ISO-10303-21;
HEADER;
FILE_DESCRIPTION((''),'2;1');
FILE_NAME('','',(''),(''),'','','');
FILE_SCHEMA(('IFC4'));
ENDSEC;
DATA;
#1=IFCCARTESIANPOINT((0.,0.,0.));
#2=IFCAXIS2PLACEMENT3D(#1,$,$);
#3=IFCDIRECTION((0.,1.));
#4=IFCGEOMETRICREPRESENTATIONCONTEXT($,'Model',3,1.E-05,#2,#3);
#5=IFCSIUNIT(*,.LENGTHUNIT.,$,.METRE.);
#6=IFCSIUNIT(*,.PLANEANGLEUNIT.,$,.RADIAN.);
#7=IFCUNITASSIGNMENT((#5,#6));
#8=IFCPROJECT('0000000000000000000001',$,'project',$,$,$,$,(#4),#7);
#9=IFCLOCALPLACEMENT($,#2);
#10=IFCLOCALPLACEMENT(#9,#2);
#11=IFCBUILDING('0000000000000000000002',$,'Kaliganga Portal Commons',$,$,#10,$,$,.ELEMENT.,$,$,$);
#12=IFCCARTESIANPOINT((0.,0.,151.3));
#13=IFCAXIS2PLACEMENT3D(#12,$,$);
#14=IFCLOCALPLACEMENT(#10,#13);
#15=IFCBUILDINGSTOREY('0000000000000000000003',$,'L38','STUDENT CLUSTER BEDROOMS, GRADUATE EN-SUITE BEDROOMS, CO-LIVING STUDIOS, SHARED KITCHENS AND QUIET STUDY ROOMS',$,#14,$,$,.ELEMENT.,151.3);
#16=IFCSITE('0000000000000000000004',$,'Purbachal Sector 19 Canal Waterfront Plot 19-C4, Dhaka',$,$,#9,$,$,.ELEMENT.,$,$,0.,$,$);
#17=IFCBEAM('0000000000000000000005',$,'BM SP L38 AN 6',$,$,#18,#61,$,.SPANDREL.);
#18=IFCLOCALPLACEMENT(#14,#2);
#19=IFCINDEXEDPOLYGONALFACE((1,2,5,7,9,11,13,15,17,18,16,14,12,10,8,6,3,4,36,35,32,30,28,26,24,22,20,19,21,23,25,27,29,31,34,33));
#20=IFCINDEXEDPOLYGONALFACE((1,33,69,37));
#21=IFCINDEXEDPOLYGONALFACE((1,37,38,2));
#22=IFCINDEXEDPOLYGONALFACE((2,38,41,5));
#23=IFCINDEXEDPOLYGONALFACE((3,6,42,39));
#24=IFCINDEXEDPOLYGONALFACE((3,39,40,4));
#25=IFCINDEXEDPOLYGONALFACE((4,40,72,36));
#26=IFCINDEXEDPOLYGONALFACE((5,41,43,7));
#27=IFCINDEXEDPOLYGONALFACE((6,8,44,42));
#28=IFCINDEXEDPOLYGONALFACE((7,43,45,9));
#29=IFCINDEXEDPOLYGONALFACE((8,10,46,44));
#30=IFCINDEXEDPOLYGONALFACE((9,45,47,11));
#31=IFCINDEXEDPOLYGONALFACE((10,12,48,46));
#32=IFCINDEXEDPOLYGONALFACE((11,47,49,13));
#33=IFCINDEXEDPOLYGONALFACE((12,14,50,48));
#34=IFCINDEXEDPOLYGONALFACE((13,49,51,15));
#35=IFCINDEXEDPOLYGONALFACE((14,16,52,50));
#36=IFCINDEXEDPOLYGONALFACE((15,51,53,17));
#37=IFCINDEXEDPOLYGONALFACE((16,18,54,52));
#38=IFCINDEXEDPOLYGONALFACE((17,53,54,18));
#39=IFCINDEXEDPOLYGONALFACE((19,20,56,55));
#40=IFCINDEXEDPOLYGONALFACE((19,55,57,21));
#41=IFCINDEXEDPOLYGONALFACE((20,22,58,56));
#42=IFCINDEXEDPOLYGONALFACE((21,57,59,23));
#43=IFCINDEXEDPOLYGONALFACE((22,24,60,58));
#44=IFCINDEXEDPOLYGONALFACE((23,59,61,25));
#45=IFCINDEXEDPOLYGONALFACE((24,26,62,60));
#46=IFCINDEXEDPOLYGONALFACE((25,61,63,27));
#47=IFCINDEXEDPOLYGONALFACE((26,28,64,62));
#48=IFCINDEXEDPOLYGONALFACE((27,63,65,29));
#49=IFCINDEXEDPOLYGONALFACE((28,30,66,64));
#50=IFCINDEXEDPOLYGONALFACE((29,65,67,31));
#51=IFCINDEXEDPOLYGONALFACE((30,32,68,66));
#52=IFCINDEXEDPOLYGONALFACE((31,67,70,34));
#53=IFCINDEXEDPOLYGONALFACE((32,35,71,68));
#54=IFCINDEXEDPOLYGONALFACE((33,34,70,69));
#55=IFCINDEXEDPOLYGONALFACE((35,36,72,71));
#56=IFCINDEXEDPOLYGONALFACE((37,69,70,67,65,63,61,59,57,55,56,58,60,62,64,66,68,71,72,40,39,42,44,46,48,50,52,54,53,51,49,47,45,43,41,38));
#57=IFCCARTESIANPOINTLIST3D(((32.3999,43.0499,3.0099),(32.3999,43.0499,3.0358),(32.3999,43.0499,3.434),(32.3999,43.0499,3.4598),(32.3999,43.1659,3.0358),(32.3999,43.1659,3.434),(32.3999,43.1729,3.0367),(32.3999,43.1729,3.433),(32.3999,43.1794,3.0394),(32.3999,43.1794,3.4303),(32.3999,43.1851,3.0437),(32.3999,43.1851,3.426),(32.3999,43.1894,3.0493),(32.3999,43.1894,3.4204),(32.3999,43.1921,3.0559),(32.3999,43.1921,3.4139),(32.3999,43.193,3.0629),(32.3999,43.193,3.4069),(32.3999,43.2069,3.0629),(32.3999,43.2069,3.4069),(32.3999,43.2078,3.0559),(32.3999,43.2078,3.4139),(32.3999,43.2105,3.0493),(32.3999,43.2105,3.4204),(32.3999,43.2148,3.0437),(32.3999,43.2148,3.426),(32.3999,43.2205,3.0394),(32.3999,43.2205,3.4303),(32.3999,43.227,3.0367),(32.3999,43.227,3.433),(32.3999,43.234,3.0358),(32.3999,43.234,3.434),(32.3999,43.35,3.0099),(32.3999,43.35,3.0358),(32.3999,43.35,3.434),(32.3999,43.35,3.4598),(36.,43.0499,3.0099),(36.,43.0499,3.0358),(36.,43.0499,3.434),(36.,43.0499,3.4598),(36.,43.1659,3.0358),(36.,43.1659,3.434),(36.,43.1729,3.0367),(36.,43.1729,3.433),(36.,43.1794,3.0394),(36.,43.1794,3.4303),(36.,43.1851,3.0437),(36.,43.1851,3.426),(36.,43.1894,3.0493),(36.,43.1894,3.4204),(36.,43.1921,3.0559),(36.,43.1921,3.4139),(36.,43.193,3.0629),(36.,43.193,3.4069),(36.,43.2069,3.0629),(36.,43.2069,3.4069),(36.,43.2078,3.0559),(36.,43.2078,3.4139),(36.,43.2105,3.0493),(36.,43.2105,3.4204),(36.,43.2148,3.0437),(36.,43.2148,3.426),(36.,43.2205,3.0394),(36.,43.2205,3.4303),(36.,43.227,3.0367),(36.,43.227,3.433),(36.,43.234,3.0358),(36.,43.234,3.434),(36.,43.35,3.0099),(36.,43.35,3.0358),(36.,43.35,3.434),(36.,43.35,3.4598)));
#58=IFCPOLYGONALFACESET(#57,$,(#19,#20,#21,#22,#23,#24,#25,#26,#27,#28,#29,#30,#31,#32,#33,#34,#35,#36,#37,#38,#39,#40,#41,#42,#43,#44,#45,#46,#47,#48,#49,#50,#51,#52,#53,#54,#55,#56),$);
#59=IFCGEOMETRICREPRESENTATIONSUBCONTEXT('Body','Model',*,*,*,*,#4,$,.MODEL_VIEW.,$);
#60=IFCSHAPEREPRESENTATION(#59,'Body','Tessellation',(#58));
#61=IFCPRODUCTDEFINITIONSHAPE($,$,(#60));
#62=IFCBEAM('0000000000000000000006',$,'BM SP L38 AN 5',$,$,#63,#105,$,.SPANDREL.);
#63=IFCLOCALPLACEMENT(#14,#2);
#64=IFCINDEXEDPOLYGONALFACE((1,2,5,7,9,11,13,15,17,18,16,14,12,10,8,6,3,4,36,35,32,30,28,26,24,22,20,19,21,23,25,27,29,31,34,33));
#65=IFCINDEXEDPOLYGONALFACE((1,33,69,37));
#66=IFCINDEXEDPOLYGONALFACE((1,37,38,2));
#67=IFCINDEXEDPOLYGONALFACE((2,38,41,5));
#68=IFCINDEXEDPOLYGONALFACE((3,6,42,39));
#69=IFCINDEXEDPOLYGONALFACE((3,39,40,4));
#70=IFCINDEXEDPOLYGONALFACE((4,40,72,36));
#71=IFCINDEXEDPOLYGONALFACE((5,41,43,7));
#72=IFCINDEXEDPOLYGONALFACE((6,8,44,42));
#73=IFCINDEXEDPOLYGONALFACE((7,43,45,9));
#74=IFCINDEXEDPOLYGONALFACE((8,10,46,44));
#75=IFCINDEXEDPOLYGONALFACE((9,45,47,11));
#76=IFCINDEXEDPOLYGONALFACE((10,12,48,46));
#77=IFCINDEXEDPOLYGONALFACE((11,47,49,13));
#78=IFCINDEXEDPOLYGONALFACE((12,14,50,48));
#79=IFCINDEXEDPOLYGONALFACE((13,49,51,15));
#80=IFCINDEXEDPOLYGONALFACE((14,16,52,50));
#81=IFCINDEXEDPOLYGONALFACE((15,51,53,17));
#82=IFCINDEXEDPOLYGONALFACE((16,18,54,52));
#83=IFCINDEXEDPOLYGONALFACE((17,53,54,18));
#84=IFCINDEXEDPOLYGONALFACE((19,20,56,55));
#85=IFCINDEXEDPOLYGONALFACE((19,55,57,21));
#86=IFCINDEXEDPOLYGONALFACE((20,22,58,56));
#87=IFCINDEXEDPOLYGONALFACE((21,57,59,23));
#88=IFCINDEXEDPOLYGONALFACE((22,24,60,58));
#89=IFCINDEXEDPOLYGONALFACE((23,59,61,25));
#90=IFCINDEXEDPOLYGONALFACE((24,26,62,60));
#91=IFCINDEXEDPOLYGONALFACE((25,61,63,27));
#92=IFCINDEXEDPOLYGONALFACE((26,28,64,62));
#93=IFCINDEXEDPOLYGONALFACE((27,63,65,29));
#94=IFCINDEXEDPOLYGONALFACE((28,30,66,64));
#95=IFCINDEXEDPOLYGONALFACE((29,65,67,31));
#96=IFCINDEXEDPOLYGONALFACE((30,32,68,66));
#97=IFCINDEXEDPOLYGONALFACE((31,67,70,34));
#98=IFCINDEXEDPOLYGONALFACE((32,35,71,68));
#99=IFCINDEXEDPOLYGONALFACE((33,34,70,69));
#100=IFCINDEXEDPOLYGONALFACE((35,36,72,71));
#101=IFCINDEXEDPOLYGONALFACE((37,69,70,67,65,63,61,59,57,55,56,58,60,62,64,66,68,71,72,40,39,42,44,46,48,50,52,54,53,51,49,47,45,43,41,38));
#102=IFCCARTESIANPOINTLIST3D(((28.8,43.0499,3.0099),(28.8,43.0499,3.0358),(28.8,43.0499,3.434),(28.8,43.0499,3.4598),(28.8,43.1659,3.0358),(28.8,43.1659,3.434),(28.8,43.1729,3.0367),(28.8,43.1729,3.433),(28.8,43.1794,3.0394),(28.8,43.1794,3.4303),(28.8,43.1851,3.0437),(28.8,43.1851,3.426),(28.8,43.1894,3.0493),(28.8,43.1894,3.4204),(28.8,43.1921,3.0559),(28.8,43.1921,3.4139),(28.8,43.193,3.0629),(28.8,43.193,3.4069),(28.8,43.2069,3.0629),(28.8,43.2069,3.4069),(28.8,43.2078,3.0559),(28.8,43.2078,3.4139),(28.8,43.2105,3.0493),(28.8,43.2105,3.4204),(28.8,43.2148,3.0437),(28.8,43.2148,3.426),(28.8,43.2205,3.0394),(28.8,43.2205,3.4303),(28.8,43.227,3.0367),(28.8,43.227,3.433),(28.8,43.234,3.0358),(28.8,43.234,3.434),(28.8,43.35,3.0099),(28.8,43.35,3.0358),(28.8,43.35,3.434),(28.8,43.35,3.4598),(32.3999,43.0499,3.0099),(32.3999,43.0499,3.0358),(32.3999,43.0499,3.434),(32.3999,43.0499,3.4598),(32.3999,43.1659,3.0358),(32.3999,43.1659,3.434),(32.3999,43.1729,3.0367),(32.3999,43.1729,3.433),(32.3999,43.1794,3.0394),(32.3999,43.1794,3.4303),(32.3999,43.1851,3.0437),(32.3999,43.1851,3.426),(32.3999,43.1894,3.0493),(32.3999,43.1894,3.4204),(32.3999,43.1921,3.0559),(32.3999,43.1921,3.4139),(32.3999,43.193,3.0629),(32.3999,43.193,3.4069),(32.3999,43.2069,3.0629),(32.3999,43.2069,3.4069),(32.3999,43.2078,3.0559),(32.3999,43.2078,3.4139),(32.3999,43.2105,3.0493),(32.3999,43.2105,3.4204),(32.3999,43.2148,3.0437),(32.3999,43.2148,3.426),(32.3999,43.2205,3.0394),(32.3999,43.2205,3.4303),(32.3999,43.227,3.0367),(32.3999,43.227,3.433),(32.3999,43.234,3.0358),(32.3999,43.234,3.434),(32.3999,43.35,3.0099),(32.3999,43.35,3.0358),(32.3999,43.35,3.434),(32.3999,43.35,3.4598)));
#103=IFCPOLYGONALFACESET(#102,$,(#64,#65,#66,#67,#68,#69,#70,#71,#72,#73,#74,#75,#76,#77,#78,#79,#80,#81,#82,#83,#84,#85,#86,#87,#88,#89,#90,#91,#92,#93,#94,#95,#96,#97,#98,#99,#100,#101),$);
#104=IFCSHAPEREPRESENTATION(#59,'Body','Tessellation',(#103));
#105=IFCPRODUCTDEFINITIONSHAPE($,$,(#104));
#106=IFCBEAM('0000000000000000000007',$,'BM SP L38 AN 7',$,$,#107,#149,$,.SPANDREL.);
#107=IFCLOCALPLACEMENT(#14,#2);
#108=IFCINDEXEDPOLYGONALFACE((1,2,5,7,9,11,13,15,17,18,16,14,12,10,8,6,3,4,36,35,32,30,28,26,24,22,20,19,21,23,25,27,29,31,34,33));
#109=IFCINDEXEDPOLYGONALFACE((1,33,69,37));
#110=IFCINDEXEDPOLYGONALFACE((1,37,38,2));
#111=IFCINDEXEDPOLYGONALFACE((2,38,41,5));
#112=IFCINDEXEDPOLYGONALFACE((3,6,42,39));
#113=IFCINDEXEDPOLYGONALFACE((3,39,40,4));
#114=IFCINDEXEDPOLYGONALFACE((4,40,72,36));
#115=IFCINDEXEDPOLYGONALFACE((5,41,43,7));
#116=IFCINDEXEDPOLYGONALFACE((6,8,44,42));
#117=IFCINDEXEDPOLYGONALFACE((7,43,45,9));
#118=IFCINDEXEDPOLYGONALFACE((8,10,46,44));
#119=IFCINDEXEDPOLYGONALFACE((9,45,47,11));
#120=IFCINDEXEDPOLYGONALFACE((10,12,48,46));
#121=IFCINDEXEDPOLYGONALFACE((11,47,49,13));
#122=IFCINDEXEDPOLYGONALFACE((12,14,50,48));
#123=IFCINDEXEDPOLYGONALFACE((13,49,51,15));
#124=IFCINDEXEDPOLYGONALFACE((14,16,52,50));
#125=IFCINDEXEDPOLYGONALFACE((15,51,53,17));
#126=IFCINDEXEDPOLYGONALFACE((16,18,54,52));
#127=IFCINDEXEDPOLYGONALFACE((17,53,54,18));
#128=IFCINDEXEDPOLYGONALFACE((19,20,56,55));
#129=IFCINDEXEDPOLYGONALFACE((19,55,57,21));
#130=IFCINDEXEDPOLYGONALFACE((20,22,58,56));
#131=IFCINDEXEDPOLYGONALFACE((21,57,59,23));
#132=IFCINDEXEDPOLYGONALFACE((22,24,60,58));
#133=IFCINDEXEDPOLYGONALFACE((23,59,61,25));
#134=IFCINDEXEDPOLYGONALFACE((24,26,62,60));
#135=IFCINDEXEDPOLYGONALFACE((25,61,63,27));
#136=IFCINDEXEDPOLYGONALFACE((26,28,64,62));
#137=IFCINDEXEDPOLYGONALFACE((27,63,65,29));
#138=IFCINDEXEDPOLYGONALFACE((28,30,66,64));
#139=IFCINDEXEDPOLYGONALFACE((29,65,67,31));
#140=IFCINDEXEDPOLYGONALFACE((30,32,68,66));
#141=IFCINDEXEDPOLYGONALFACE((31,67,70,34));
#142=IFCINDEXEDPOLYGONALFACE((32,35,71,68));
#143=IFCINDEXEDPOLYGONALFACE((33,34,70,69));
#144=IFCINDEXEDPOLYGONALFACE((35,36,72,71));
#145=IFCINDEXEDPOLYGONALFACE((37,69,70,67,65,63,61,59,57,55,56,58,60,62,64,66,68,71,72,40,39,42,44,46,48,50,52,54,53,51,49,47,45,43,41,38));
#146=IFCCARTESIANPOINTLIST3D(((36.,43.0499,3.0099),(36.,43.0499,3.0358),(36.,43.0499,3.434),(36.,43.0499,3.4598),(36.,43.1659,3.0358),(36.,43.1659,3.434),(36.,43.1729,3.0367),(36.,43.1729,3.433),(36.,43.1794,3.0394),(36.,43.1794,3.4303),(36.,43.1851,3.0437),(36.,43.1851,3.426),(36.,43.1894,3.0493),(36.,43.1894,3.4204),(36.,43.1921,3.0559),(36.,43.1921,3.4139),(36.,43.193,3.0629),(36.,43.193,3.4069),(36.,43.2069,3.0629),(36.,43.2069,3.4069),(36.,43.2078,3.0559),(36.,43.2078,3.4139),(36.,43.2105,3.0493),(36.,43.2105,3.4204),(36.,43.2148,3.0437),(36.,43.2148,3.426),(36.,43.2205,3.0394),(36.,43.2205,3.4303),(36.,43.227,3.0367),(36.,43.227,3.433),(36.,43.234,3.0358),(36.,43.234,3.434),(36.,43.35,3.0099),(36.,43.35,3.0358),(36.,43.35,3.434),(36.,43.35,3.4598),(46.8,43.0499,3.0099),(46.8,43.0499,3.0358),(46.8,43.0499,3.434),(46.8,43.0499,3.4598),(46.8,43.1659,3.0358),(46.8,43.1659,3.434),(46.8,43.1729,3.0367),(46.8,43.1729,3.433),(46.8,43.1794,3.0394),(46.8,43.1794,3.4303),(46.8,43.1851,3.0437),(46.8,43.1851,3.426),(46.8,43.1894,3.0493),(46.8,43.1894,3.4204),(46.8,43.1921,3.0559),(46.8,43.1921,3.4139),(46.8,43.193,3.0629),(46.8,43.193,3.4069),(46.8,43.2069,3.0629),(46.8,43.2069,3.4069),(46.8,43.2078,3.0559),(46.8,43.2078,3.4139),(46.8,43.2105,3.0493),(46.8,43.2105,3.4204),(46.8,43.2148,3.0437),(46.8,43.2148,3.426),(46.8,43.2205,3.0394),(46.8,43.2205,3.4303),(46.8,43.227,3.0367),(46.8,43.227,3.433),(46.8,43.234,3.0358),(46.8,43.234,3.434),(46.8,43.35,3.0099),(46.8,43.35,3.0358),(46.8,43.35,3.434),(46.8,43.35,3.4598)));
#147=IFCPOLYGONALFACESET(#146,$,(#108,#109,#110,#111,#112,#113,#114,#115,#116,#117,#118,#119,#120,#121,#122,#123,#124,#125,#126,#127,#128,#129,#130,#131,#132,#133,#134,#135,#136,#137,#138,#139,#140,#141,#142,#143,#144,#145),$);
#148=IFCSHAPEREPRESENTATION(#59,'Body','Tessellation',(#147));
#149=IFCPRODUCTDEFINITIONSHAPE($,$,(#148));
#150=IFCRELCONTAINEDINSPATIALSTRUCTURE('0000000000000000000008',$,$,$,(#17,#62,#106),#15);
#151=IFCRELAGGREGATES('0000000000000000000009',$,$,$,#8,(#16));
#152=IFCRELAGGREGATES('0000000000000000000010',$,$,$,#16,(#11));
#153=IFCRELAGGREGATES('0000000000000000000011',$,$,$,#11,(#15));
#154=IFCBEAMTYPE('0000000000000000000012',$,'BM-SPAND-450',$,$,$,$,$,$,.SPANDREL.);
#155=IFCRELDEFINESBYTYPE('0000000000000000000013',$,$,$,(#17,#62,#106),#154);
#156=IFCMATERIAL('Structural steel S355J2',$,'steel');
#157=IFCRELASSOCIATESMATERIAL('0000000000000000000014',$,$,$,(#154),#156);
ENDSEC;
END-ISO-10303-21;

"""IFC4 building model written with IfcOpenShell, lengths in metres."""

from ifc_helpers import new_model, si_unit, direction, frame, origin, origin_2d, place, context, subcontext, project, spatial, i_section, extrude, source, transform, mapped, material, material_profile, profile_set, type_object, element, save


model = new_model("IFC4")

# Units and contexts
model_context = context("Model", 3, precision=1e-05, world=origin(), true_north=direction((0.0, 1.0)))
body_context = subcontext(model_context, "Body", "Model", "MODEL_VIEW")
ifc_project = project(units=[si_unit("LENGTHUNIT", "METRE"), si_unit("PLANEANGLEUNIT", "RADIAN")], contexts=[model_context])

# Site, building, storey
site_placement = place(None, origin())
site = spatial("IfcSite", under=ifc_project, at=site_placement, Name="Purbachal Sector 19 Canal Waterfront Plot 19-C4, Dhaka", CompositionType="ELEMENT", RefElevation=0.0)
building_placement = place(site_placement, origin())
building = spatial("IfcBuilding", under=site, at=building_placement, Name="Kaliganga Portal Commons", CompositionType="ELEMENT")
storey_placement = place(building_placement, frame((0.0, 0.0, 151.3)))
storey = spatial("IfcBuildingStorey", under=building, at=storey_placement, Name="L38", Description="STUDENT CLUSTER BEDROOMS, GRADUATE EN-SUITE BEDROOMS, CO-LIVING STUDIOS, SHARED KITCHENS AND QUIET STUDY ROOMS", CompositionType="ELEMENT", Elevation=151.3)

# Beams
ifc_material_1 = material(Name="Structural steel S355J2", Category="steel")
ifc_material_profile_1 = material_profile(ifc_material_1, i_section(OverallWidth=0.3, OverallDepth=0.45, WebThickness=0.0139, FlangeThickness=0.0259, FilletRadius=0.0271, at=origin_2d()), Name="HE 450 B")
ifc_profile_set_1 = profile_set([ifc_material_profile_1], Name="Structural steel S355J2 wide-flange")
beam_type_1 = type_object("IfcBeamType", Name="BM-SPAND-450", PredefinedType="SPANDREL", material=ifc_profile_set_1)
shared_shape_1 = source(origin(), body_context, "Body", "SweptSolid", [
    extrude(i_section(OverallWidth=0.3, OverallDepth=0.45, WebThickness=0.0139, FlangeThickness=0.0259, FilletRadius=0.0271, at=origin_2d()), origin(), (0.0, 0.0, 1.0), 3.6001),
])
beam_1_placement = place(storey_placement, frame((32.3999, 43.2, 3.2349), z_axis=(1.0, 0.0, 0.0), x_axis=(0.0, 1.0, 0.0)))
element("IfcBeam", 1, at=beam_1_placement, inside=storey, type_object=beam_type_1, Name="BM SP L38 AN 6", PredefinedType="SPANDREL", context=body_context, shape_type="MappedRepresentation", body=[
    mapped(shared_shape_1, transform((0.0, 0.0, 0.0), x_axis=(1.0, 0.0, 0.0), y_axis=(0.0, 1.0, 0.0), z_axis=(0.0, 0.0, 1.0), scale=1.0)),
])
shared_shape_2 = source(origin(), body_context, "Body", "SweptSolid", [
    extrude(i_section(OverallWidth=0.3, OverallDepth=0.45, WebThickness=0.0139, FlangeThickness=0.0259, FilletRadius=0.0271, at=origin_2d()), origin(), (0.0, 0.0, 1.0), 3.5999),
])
beam_2_placement = place(storey_placement, frame((28.8, 43.2, 3.2349), z_axis=(1.0, 0.0, 0.0), x_axis=(0.0, 1.0, 0.0)))
element("IfcBeam", 2, at=beam_2_placement, inside=storey, type_object=beam_type_1, Name="BM SP L38 AN 5", PredefinedType="SPANDREL", context=body_context, shape_type="MappedRepresentation", body=[
    mapped(shared_shape_2, transform((0.0, 0.0, 0.0), x_axis=(1.0, 0.0, 0.0), y_axis=(0.0, 1.0, 0.0), z_axis=(0.0, 0.0, 1.0), scale=1.0)),
])
shared_shape_3 = source(origin(), body_context, "Body", "SweptSolid", [
    extrude(i_section(OverallWidth=0.3, OverallDepth=0.45, WebThickness=0.0139, FlangeThickness=0.0259, FilletRadius=0.0271, at=origin_2d()), origin(), (0.0, 0.0, 1.0), 10.8),
])
beam_3_placement = place(storey_placement, frame((36.0, 43.2, 3.2349), z_axis=(1.0, 0.0, 0.0), x_axis=(0.0, 1.0, 0.0)))
element("IfcBeam", 3, at=beam_3_placement, inside=storey, type_object=beam_type_1, Name="BM SP L38 AN 7", PredefinedType="SPANDREL", context=body_context, shape_type="MappedRepresentation", body=[
    mapped(shared_shape_3, transform((0.0, 0.0, 0.0), x_axis=(1.0, 0.0, 0.0), y_axis=(0.0, 1.0, 0.0), z_axis=(0.0, 0.0, 1.0), scale=1.0)),
])

save(model, "model.ifc")
